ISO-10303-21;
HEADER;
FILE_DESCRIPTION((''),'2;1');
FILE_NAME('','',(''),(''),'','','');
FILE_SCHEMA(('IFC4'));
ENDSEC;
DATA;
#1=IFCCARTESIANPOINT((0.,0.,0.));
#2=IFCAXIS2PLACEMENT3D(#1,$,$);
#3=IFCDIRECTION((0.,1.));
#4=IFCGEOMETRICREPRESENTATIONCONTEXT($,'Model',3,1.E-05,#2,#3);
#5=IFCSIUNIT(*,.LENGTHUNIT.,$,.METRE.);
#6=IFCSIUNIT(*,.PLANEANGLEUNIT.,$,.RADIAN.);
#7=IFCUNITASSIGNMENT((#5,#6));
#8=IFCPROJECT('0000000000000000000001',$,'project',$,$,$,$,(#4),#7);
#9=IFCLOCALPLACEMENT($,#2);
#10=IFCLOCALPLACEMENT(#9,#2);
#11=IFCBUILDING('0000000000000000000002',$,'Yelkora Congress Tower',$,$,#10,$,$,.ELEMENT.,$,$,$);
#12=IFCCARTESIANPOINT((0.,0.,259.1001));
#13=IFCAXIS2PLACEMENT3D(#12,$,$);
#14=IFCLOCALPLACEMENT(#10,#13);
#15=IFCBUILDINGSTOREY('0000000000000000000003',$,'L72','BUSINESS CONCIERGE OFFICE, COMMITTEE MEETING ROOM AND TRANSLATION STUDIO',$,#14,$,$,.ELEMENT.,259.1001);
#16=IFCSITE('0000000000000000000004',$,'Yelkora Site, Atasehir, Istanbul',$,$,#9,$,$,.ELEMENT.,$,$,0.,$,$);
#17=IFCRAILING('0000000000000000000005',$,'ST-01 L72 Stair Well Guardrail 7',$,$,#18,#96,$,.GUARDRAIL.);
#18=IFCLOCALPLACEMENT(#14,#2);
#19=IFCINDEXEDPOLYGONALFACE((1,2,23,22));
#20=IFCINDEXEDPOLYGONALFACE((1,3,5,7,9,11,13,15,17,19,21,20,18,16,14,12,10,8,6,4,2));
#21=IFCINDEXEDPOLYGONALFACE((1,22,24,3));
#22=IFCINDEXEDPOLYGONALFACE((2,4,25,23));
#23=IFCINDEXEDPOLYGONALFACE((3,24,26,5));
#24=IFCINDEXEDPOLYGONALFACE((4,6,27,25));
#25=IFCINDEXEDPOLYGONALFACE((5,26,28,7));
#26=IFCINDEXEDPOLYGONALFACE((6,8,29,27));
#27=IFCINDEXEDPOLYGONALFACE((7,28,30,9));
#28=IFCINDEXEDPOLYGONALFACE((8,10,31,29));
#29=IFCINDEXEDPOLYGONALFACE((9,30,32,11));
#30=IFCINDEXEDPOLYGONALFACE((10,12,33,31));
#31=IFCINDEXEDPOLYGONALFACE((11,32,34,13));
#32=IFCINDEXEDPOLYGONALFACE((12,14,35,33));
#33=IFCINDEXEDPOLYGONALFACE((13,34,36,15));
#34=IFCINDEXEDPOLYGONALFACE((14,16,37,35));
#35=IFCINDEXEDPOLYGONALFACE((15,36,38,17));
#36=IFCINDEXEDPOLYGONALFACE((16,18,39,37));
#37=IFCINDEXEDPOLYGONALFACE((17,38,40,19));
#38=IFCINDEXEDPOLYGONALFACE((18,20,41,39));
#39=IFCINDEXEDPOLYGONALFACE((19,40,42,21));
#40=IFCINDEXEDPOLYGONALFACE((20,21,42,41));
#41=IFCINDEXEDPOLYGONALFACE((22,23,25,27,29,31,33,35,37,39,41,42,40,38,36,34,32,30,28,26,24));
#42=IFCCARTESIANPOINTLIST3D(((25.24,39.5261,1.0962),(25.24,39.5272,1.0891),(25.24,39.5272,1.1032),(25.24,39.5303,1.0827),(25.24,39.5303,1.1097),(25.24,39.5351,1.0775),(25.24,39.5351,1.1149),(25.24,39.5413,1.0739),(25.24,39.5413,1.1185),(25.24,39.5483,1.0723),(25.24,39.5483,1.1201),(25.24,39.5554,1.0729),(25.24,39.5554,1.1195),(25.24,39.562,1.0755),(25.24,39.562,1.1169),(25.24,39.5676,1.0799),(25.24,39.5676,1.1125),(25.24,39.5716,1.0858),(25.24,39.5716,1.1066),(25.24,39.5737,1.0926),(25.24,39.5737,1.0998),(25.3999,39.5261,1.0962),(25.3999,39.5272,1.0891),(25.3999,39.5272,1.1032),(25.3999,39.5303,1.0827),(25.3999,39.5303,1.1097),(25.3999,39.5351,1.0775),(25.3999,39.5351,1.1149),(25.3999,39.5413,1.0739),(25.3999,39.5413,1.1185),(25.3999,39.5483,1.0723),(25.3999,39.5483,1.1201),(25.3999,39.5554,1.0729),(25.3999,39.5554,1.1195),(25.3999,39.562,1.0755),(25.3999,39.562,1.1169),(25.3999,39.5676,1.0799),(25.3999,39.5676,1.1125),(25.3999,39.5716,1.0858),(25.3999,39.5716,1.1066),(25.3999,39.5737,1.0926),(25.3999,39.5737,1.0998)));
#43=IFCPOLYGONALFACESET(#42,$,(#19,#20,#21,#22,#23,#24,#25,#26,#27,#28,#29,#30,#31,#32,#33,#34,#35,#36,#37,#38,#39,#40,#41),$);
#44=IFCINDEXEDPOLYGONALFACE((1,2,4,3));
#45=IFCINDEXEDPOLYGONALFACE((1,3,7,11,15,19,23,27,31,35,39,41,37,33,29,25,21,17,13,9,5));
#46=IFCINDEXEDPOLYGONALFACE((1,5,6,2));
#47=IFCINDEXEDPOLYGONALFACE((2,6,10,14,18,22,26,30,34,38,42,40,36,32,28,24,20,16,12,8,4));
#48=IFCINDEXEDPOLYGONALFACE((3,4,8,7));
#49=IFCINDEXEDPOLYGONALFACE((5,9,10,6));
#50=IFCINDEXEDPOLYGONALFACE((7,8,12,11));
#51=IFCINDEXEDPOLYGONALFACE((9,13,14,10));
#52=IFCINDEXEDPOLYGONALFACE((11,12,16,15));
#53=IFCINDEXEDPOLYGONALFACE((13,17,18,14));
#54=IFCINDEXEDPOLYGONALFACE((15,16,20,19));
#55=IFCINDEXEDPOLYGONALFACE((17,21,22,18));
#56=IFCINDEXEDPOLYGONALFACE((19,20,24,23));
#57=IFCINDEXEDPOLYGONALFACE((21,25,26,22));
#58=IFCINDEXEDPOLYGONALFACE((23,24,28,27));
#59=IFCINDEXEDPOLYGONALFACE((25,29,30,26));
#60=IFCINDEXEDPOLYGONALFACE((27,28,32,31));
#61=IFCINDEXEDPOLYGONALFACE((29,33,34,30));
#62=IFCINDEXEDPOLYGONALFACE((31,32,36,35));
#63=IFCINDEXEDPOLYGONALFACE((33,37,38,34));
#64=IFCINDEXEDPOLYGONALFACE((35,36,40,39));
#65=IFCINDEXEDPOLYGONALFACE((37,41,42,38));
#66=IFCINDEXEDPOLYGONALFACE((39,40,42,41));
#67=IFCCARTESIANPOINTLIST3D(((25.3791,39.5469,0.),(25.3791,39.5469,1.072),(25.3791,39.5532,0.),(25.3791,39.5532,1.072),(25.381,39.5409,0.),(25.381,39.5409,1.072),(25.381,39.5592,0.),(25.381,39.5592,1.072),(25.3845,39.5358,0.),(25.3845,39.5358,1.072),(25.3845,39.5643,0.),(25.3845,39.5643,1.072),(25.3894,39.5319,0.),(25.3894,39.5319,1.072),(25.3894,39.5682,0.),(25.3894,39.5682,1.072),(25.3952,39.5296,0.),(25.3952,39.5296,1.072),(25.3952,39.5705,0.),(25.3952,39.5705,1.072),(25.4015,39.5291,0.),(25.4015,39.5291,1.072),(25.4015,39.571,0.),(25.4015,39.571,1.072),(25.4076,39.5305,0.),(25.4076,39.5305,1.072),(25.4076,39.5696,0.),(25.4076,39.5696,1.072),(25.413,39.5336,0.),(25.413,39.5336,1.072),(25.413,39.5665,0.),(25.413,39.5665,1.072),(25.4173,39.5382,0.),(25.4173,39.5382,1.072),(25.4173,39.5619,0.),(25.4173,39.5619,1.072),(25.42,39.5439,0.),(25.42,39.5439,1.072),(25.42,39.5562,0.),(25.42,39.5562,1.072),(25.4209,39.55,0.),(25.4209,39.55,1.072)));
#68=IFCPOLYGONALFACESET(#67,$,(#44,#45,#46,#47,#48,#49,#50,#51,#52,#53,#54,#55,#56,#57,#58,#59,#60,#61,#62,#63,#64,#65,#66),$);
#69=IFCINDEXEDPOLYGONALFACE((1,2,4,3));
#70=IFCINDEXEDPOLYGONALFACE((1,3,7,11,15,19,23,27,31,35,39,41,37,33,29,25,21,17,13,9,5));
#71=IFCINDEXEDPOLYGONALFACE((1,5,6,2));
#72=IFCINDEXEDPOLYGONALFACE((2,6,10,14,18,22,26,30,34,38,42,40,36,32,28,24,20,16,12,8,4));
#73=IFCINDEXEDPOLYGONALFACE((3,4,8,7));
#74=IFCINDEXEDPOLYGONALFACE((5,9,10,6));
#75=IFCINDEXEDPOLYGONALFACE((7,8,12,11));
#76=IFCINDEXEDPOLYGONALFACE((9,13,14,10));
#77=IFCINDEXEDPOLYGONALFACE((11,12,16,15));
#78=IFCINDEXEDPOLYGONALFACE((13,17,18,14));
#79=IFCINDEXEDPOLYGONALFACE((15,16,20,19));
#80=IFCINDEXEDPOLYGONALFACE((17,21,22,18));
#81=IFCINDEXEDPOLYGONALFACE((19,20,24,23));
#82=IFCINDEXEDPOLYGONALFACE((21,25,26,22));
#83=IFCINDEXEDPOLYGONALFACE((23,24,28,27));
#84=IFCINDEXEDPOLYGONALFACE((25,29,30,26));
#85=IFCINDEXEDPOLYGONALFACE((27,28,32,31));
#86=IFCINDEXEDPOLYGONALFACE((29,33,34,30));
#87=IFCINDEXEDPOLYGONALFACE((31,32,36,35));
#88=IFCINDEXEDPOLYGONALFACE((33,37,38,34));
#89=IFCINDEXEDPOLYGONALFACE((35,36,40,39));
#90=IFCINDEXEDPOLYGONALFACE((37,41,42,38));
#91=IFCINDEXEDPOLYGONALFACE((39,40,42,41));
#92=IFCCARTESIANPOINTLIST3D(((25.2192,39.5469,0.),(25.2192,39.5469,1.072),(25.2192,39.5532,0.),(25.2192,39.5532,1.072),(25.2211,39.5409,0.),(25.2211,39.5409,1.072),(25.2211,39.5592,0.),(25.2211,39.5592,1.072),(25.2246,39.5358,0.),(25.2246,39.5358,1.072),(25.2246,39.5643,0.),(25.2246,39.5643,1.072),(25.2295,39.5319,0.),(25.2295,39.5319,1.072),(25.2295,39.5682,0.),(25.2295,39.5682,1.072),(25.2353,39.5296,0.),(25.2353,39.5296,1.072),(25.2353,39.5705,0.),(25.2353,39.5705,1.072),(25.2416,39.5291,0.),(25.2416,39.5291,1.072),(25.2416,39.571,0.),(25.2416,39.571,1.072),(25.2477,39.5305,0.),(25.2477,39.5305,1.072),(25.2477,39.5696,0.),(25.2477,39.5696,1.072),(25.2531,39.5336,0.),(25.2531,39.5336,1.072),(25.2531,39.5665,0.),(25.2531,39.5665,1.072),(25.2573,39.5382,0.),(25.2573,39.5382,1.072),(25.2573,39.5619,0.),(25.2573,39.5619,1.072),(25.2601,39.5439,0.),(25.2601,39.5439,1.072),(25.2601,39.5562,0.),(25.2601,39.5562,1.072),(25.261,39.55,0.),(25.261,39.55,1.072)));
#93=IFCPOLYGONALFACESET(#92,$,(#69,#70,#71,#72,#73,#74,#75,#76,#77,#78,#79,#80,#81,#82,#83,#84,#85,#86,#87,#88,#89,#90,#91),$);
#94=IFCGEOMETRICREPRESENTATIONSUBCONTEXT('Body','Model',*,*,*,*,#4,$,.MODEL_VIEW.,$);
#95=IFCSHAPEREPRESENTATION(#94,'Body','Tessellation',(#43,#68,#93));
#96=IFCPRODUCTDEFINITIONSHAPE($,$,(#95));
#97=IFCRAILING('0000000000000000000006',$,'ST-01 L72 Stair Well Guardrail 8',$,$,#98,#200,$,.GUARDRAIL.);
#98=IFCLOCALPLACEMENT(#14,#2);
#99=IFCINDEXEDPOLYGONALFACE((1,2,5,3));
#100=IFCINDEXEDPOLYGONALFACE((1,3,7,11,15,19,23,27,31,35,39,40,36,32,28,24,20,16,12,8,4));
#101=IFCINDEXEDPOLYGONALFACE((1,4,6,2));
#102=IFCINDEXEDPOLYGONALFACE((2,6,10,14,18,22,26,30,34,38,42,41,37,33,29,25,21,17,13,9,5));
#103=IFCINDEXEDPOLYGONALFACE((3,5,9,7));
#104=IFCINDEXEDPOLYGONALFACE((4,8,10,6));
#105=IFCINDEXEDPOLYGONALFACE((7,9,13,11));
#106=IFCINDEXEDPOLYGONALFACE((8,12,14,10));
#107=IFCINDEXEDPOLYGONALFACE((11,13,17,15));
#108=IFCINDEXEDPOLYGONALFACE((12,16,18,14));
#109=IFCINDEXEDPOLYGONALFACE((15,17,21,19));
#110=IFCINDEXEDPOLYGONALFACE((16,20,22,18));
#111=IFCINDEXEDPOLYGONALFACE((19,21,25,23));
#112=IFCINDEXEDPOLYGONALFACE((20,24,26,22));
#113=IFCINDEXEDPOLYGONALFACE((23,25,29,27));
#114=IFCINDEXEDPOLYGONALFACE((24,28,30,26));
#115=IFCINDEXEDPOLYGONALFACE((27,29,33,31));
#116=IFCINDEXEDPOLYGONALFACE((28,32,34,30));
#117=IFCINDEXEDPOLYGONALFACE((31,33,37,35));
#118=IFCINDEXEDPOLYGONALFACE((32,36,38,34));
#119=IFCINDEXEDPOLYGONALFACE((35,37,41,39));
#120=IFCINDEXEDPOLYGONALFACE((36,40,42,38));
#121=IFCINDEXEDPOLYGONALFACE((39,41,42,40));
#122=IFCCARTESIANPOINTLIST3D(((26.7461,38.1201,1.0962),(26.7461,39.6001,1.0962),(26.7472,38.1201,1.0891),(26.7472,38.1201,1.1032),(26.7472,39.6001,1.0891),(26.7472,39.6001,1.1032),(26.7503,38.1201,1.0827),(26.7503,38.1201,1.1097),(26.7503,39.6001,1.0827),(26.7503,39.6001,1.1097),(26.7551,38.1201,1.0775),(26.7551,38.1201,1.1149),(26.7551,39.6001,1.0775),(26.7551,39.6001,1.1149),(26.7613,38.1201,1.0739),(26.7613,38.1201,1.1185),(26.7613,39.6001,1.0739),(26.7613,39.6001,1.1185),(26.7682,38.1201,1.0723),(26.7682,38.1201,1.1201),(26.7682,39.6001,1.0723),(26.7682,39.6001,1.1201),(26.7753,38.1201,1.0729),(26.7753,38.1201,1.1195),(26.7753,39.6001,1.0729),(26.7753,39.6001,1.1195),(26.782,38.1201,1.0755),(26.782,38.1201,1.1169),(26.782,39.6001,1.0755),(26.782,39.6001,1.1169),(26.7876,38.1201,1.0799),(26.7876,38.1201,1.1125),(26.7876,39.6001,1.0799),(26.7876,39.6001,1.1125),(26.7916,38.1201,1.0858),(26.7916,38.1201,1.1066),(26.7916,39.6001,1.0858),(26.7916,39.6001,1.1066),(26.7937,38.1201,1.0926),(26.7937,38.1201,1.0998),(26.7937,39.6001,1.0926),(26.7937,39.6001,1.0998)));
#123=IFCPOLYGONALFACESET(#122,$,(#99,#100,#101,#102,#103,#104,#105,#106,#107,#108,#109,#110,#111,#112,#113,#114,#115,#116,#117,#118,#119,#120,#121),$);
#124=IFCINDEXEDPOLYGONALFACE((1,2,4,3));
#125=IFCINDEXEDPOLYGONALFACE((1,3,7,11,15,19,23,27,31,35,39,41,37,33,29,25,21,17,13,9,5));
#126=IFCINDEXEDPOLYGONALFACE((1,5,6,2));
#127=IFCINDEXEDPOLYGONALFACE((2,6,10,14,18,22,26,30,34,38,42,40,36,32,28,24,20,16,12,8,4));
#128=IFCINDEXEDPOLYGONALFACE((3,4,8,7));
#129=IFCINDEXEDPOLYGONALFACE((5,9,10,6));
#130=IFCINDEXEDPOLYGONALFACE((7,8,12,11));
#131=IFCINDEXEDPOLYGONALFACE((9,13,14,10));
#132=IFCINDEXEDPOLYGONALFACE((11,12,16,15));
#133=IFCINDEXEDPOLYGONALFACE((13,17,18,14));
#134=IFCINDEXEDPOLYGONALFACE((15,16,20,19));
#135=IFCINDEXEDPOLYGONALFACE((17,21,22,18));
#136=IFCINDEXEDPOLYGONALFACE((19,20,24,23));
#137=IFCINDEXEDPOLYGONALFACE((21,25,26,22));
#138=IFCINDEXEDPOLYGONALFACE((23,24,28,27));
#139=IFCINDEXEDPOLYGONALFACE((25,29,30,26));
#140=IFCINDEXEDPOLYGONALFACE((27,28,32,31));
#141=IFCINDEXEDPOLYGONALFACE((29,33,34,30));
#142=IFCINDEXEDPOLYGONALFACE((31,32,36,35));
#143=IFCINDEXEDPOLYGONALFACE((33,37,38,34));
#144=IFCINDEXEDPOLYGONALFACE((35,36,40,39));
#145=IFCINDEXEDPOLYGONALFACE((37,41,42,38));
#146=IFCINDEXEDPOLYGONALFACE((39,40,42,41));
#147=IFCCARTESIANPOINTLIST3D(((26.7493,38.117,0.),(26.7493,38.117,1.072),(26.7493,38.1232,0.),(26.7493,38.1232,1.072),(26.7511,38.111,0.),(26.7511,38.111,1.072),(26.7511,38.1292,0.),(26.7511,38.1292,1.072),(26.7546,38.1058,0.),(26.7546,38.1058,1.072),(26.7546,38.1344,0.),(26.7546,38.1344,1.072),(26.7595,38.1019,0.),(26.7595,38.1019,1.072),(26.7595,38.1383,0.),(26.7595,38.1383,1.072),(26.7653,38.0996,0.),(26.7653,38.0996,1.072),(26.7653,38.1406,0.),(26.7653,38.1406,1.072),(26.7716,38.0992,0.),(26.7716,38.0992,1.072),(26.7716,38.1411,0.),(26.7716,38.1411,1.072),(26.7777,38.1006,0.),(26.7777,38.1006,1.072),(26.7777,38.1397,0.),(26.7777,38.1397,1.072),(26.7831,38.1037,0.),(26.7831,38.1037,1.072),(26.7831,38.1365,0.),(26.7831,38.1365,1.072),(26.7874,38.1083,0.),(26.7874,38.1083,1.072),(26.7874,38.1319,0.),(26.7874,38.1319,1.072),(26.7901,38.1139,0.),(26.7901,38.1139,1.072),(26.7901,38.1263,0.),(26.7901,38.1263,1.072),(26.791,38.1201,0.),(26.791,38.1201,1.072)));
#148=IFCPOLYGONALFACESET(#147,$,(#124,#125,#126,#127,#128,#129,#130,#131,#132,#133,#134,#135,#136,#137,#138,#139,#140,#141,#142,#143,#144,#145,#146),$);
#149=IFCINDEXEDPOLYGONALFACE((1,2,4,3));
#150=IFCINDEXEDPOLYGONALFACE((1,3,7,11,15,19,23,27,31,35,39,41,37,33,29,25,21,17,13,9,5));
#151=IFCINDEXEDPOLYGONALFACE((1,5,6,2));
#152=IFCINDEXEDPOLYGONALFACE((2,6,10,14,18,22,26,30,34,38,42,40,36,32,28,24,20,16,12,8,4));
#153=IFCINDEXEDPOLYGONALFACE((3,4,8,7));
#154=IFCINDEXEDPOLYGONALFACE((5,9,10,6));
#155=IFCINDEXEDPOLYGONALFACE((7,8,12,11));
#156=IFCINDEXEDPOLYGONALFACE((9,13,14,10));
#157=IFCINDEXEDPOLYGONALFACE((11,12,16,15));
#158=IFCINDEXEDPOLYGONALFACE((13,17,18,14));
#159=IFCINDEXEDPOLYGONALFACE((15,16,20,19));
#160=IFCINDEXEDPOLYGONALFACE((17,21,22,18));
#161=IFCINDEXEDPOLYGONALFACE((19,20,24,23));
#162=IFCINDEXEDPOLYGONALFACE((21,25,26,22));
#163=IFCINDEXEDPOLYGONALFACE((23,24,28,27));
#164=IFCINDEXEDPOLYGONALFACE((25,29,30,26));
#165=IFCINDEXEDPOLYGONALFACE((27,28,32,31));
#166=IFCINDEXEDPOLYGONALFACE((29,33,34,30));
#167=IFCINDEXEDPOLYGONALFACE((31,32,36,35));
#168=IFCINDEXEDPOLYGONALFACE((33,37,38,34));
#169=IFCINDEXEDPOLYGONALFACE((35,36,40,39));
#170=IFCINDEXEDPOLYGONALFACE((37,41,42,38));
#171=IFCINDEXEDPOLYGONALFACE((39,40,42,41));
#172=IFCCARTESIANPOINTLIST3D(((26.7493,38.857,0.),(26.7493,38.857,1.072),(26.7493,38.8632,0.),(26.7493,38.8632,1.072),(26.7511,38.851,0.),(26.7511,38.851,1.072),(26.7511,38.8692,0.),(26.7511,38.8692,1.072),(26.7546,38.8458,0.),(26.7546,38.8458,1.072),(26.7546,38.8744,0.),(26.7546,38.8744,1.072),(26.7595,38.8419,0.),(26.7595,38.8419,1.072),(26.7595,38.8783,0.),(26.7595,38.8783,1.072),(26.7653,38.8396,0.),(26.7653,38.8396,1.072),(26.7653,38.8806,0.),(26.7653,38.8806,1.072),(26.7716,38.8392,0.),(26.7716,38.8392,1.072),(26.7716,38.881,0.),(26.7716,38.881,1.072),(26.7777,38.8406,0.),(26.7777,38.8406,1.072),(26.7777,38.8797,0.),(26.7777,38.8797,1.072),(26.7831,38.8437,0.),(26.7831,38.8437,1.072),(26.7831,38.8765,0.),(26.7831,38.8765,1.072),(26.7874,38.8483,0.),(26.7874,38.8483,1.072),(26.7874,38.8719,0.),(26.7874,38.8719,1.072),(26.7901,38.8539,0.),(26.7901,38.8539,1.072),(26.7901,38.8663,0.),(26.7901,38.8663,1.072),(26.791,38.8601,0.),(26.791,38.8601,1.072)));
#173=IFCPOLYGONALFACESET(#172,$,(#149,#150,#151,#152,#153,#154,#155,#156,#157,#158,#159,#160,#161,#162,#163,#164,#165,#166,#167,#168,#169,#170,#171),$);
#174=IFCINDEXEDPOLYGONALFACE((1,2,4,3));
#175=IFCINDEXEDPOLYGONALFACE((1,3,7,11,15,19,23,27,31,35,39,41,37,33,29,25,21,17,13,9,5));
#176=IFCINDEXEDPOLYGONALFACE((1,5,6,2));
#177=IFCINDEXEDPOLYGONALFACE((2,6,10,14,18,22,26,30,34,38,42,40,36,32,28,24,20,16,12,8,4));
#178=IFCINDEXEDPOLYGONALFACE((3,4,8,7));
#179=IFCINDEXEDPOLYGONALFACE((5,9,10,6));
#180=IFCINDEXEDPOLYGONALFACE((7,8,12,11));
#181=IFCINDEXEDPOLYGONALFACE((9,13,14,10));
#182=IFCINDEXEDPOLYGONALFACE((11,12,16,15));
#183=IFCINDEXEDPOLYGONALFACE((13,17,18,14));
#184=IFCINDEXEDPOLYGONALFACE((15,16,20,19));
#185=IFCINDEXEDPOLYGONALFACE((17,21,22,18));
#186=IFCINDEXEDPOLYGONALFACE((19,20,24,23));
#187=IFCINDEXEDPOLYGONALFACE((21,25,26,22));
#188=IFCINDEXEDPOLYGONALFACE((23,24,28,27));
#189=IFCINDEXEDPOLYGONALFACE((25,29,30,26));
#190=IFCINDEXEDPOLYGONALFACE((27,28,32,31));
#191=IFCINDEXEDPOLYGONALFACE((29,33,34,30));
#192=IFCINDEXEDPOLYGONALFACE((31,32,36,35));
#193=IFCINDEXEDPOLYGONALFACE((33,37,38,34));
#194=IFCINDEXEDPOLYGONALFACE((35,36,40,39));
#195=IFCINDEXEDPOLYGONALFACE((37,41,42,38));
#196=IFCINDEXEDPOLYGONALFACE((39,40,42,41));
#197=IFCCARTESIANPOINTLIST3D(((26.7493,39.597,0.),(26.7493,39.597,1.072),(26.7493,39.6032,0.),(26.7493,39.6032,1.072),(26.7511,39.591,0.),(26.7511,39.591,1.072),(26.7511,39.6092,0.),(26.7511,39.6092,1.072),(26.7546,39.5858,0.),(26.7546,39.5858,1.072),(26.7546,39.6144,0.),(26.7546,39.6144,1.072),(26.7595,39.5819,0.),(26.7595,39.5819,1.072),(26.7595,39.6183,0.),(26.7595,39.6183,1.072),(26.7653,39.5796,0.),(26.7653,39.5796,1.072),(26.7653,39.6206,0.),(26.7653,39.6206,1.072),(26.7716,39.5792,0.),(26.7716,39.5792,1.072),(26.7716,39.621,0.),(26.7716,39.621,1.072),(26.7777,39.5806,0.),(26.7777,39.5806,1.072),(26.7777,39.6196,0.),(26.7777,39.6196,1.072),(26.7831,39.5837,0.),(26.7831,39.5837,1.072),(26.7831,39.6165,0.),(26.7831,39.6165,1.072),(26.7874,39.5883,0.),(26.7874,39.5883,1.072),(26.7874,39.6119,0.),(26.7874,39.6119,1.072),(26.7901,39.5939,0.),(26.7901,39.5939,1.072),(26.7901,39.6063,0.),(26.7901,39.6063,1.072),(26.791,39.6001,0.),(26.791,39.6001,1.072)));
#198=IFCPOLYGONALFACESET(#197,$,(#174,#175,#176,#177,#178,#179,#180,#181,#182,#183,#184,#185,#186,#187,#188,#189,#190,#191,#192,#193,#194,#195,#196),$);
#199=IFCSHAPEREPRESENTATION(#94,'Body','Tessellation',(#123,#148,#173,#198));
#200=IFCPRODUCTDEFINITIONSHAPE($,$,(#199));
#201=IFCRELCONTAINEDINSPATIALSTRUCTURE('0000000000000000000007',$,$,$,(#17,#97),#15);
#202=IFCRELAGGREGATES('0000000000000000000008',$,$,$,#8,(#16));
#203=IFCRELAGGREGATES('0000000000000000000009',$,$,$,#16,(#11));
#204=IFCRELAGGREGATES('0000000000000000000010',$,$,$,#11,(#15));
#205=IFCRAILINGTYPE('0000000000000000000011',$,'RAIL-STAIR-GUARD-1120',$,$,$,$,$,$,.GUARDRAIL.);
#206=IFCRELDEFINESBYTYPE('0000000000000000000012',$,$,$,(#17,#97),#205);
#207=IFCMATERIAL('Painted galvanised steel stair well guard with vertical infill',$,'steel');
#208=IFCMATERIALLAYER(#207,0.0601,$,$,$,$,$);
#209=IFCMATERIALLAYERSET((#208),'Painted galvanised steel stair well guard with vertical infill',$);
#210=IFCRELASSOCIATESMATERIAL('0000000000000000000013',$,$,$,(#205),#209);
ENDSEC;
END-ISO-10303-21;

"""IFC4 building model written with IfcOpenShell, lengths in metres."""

from ifc_helpers import new_model, si_unit, direction, frame, origin, origin_2d, place, context, subcontext, project, spatial, circle, extrude, material, layer, layer_set, type_object, element, save


model = new_model("IFC4")

# Units and contexts
model_context = context("Model", 3, precision=1e-05, world=origin(), true_north=direction((0.0, 1.0)))
body_context = subcontext(model_context, "Body", "Model", "MODEL_VIEW")
ifc_project = project(units=[si_unit("LENGTHUNIT", "METRE"), si_unit("PLANEANGLEUNIT", "RADIAN")], contexts=[model_context])

# Site, building, storey
site_placement = place(None, origin())
site = spatial("IfcSite", under=ifc_project, at=site_placement, Name="Yelkora Site, Atasehir, Istanbul", CompositionType="ELEMENT", RefElevation=0.0)
building_placement = place(site_placement, origin())
building = spatial("IfcBuilding", under=site, at=building_placement, Name="Yelkora Congress Tower", CompositionType="ELEMENT")
storey_placement = place(building_placement, frame((0.0, 0.0, 259.1001)))
storey = spatial("IfcBuildingStorey", under=building, at=storey_placement, Name="L72", Description="BUSINESS CONCIERGE OFFICE, COMMITTEE MEETING ROOM AND TRANSLATION STUDIO", CompositionType="ELEMENT", Elevation=259.1001)

# Railings
ifc_material_1 = material(Name="Painted galvanised steel stair well guard with vertical infill", Category="steel")
ifc_layer_1 = layer(ifc_material_1, 0.0601)
ifc_layer_set_1 = layer_set([ifc_layer_1], Name="Painted galvanised steel stair well guard with vertical infill")
railing_type_1 = type_object("IfcRailingType", Name="RAIL-STAIR-GUARD-1120", PredefinedType="GUARDRAIL", material=ifc_layer_set_1)
railing_1_placement = place(storey_placement, frame((25.3999, 39.55, 0.0)))
element("IfcRailing", 1, at=railing_1_placement, inside=storey, type_object=railing_type_1, Name="ST-01 L72 Stair Well Guardrail 7", PredefinedType="GUARDRAIL", context=body_context, shape_type="SweptSolid", body=[
    extrude(circle(Radius=0.0239, at=origin_2d()), frame((0.0, 0.0, 1.0962), z_axis=(-1.0, 0.0, 0.0), x_axis=(0.0, -1.0, 0.0)), (0.0, 0.0, 1.0), 0.1599),
    extrude(circle(Radius=0.021, at=origin_2d()), origin(), (0.0, 0.0, 1.0), 1.072),
    extrude(circle(Radius=0.021, at=origin_2d()), frame((-0.1599, 0.0, 0.0)), (0.0, 0.0, 1.0), 1.072),
])
for number, where, name in (
    (2, (26.77, 38.1201, 0.0), "ST-01 L72 Stair Well Guardrail 8"),
):
    element("IfcRailing", number, at=place(storey_placement, frame(where)), inside=storey, type_object=railing_type_1, Name=name, PredefinedType="GUARDRAIL", context=body_context, shape_type="SweptSolid", body=[
        extrude(circle(Radius=0.0239, at=origin_2d()), frame((0.0, 0.0, 1.0962), z_axis=(0.0, 1.0, 0.0), x_axis=(-1.0, 0.0, 0.0)), (0.0, 0.0, 1.0), 1.48),
        extrude(circle(Radius=0.021, at=origin_2d()), origin(), (0.0, 0.0, 1.0), 1.072),
        extrude(circle(Radius=0.021, at=origin_2d()), frame((0.0, 0.74, 0.0)), (0.0, 0.0, 1.0), 1.072),
        extrude(circle(Radius=0.021, at=origin_2d()), frame((0.0, 1.48, 0.0)), (0.0, 0.0, 1.0), 1.072),
    ])

save(model, "model.ifc")
